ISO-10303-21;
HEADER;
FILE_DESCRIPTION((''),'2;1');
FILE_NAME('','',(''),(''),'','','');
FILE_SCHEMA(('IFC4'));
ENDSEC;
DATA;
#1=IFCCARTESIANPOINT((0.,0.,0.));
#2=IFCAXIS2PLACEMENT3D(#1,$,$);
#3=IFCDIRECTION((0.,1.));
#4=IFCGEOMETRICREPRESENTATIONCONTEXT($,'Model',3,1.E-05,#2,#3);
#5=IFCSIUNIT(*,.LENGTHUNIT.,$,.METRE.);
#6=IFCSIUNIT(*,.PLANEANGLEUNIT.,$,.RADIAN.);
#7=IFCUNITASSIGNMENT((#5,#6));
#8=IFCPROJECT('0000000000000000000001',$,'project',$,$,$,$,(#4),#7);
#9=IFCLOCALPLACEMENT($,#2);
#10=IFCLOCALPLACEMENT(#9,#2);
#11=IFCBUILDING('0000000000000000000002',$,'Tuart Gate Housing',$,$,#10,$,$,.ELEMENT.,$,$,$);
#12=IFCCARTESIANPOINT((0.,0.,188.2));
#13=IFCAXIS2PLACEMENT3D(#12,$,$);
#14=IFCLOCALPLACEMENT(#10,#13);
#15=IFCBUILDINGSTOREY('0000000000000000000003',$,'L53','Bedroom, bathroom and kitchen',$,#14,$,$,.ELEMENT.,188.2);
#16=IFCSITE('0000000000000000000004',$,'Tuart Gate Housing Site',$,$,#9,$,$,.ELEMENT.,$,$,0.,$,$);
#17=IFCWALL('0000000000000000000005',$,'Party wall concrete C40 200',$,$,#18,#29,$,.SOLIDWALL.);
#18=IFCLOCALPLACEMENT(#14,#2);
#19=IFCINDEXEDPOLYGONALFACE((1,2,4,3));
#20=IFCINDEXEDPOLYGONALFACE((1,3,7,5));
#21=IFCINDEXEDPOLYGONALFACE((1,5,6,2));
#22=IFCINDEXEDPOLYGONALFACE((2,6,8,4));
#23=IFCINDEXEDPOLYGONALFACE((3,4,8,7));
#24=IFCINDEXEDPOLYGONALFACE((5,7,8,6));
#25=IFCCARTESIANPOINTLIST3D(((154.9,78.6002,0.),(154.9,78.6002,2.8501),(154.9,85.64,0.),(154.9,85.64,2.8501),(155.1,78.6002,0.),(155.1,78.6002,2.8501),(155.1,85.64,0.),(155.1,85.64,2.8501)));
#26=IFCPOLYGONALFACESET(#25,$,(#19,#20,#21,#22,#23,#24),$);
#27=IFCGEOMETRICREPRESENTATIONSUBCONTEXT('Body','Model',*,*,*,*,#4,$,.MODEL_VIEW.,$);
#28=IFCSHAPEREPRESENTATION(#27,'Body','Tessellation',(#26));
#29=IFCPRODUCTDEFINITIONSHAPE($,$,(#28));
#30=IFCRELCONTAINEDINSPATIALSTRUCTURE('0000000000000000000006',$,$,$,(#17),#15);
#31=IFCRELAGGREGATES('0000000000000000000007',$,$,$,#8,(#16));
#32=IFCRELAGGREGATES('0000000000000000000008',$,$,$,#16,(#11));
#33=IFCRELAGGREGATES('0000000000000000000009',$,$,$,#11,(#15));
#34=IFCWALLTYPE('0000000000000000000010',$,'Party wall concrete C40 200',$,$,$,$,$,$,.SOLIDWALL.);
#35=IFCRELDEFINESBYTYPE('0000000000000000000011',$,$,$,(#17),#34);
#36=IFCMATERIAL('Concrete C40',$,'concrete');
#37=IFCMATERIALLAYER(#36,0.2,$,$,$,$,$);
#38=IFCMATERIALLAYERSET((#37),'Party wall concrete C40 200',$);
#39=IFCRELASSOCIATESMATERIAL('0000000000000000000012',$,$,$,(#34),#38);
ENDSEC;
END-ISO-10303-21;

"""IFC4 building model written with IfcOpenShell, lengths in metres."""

from ifc_helpers import new_model, si_unit, direction, frame, frame_2d, origin, place, context, subcontext, project, spatial, rectangle, extrude, material, layer, layer_set, type_object, element, save


model = new_model("IFC4")

# Units and contexts
model_context = context("Model", 3, precision=1e-05, world=origin(), true_north=direction((0.0, 1.0)))
body_context = subcontext(model_context, "Body", "Model", "MODEL_VIEW")
ifc_project = project(units=[si_unit("LENGTHUNIT", "METRE"), si_unit("PLANEANGLEUNIT", "RADIAN")], contexts=[model_context])

# Site, building, storey
site_placement = place(None, origin())
site = spatial("IfcSite", under=ifc_project, at=site_placement, Name="Tuart Gate Housing Site", CompositionType="ELEMENT", RefElevation=0.0)
building_placement = place(site_placement, origin())
building = spatial("IfcBuilding", under=site, at=building_placement, Name="Tuart Gate Housing", CompositionType="ELEMENT")
storey_placement = place(building_placement, frame((0.0, 0.0, 188.2)))
storey = spatial("IfcBuildingStorey", under=building, at=storey_placement, Name="L53", Description="Bedroom, bathroom and kitchen", CompositionType="ELEMENT", Elevation=188.2)

# Wall
ifc_material_1 = material(Name="Concrete C40", Category="concrete")
ifc_layer_1 = layer(ifc_material_1, 0.2)
ifc_layer_set_1 = layer_set([ifc_layer_1], Name="Party wall concrete C40 200")
wall_type_1 = type_object("IfcWallType", Name="Party wall concrete C40 200", PredefinedType="SOLIDWALL", material=ifc_layer_set_1)
wall_1_placement = place(storey_placement, frame((155.0, 78.6001, 0.0), z_axis=(0.0, 0.0, 1.0), x_axis=(0.0, 1.0, 0.0)))
element("IfcWall", 1, at=wall_1_placement, inside=storey, type_object=wall_type_1, Name="Party wall concrete C40 200", PredefinedType="SOLIDWALL", context=body_context, shape_type="SweptSolid", body=[
    extrude(rectangle(XDim=7.0398, YDim=0.2, at=frame_2d((3.52, 0.0))), origin(), (0.0, 0.0, 1.0), 2.8501),
])

save(model, "model.ifc")
